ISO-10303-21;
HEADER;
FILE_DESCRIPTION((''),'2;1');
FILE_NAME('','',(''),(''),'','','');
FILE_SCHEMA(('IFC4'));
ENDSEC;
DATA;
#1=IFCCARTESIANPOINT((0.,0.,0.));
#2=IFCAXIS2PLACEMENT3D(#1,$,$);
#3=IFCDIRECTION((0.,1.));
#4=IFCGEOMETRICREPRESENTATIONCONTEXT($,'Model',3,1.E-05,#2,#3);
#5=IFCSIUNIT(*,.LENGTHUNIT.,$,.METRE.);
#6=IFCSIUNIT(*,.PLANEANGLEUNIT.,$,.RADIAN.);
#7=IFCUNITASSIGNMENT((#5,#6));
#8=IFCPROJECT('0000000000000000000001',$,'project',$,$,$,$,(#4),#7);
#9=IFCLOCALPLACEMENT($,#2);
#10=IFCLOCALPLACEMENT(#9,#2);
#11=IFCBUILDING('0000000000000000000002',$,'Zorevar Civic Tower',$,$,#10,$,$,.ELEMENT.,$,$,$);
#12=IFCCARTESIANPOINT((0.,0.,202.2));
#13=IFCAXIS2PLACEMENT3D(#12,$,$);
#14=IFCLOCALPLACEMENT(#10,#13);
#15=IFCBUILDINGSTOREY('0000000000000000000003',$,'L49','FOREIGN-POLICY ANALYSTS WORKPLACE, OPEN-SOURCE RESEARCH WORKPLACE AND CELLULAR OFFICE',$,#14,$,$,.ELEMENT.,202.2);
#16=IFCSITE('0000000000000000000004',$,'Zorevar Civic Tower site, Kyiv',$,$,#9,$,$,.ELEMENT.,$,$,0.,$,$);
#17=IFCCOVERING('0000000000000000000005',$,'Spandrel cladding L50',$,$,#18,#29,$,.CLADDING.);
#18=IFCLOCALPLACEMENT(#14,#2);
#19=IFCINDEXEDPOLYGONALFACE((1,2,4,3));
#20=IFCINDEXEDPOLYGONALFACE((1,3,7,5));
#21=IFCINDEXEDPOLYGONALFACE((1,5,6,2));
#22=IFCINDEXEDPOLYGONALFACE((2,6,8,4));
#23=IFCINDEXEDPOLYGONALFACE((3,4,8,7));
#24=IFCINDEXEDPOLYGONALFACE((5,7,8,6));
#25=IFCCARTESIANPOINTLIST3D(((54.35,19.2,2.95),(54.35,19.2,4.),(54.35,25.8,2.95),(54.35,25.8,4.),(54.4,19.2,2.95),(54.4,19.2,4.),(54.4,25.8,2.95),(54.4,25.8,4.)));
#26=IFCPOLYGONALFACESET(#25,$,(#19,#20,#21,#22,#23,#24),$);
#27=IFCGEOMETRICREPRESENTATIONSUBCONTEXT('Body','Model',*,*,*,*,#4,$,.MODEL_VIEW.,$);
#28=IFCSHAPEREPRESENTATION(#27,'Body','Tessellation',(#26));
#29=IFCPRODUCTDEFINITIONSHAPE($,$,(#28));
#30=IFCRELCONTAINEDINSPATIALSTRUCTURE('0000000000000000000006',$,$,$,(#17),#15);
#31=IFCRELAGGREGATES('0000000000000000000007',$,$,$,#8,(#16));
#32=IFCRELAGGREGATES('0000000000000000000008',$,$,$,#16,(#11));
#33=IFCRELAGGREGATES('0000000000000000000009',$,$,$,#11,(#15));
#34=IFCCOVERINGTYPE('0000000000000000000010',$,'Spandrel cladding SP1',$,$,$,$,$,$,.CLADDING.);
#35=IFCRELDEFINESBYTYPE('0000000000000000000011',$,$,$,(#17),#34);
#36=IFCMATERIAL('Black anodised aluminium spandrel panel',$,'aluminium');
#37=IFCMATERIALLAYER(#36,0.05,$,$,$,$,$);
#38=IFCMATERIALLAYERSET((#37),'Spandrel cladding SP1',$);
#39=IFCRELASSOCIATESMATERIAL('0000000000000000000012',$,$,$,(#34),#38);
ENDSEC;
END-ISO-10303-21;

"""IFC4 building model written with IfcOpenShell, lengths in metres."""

from ifc_helpers import new_model, si_unit, direction, frame, frame_2d, origin, place, context, subcontext, project, spatial, rectangle, extrude, material, layer, layer_set, type_object, element, save


model = new_model("IFC4")

# Units and contexts
model_context = context("Model", 3, precision=1e-05, world=origin(), true_north=direction((0.0, 1.0)))
body_context = subcontext(model_context, "Body", "Model", "MODEL_VIEW")
ifc_project = project(units=[si_unit("LENGTHUNIT", "METRE"), si_unit("PLANEANGLEUNIT", "RADIAN")], contexts=[model_context])

# Site, building, storey
site_placement = place(None, origin())
site = spatial("IfcSite", under=ifc_project, at=site_placement, Name="Zorevar Civic Tower site, Kyiv", CompositionType="ELEMENT", RefElevation=0.0)
building_placement = place(site_placement, origin())
building = spatial("IfcBuilding", under=site, at=building_placement, Name="Zorevar Civic Tower", CompositionType="ELEMENT")
storey_placement = place(building_placement, frame((0.0, 0.0, 202.2)))
storey = spatial("IfcBuildingStorey", under=building, at=storey_placement, Name="L49", Description="FOREIGN-POLICY ANALYSTS WORKPLACE, OPEN-SOURCE RESEARCH WORKPLACE AND CELLULAR OFFICE", CompositionType="ELEMENT", Elevation=202.2)

# Covering
ifc_material_1 = material(Name="Black anodised aluminium spandrel panel", Category="aluminium")
ifc_layer_1 = layer(ifc_material_1, 0.05)
ifc_layer_set_1 = layer_set([ifc_layer_1], Name="Spandrel cladding SP1")
covering_type = type_object("IfcCoveringType", Name="Spandrel cladding SP1", PredefinedType="CLADDING", material=ifc_layer_set_1)
covering_1_placement = place(storey_placement, frame((54.375, 19.2, 2.95), z_axis=(0.0, 0.0, 1.0), x_axis=(0.0, 1.0, 0.0)))
element("IfcCovering", 1, at=covering_1_placement, inside=storey, type_object=covering_type, Name="Spandrel cladding L50", PredefinedType="CLADDING", context=body_context, shape_type="SweptSolid", body=[
    extrude(rectangle(XDim=6.6001, YDim=0.05, at=frame_2d((3.3, 0.0))), origin(), (0.0, 0.0, 1.0), 1.05),
])

save(model, "model.ifc")
